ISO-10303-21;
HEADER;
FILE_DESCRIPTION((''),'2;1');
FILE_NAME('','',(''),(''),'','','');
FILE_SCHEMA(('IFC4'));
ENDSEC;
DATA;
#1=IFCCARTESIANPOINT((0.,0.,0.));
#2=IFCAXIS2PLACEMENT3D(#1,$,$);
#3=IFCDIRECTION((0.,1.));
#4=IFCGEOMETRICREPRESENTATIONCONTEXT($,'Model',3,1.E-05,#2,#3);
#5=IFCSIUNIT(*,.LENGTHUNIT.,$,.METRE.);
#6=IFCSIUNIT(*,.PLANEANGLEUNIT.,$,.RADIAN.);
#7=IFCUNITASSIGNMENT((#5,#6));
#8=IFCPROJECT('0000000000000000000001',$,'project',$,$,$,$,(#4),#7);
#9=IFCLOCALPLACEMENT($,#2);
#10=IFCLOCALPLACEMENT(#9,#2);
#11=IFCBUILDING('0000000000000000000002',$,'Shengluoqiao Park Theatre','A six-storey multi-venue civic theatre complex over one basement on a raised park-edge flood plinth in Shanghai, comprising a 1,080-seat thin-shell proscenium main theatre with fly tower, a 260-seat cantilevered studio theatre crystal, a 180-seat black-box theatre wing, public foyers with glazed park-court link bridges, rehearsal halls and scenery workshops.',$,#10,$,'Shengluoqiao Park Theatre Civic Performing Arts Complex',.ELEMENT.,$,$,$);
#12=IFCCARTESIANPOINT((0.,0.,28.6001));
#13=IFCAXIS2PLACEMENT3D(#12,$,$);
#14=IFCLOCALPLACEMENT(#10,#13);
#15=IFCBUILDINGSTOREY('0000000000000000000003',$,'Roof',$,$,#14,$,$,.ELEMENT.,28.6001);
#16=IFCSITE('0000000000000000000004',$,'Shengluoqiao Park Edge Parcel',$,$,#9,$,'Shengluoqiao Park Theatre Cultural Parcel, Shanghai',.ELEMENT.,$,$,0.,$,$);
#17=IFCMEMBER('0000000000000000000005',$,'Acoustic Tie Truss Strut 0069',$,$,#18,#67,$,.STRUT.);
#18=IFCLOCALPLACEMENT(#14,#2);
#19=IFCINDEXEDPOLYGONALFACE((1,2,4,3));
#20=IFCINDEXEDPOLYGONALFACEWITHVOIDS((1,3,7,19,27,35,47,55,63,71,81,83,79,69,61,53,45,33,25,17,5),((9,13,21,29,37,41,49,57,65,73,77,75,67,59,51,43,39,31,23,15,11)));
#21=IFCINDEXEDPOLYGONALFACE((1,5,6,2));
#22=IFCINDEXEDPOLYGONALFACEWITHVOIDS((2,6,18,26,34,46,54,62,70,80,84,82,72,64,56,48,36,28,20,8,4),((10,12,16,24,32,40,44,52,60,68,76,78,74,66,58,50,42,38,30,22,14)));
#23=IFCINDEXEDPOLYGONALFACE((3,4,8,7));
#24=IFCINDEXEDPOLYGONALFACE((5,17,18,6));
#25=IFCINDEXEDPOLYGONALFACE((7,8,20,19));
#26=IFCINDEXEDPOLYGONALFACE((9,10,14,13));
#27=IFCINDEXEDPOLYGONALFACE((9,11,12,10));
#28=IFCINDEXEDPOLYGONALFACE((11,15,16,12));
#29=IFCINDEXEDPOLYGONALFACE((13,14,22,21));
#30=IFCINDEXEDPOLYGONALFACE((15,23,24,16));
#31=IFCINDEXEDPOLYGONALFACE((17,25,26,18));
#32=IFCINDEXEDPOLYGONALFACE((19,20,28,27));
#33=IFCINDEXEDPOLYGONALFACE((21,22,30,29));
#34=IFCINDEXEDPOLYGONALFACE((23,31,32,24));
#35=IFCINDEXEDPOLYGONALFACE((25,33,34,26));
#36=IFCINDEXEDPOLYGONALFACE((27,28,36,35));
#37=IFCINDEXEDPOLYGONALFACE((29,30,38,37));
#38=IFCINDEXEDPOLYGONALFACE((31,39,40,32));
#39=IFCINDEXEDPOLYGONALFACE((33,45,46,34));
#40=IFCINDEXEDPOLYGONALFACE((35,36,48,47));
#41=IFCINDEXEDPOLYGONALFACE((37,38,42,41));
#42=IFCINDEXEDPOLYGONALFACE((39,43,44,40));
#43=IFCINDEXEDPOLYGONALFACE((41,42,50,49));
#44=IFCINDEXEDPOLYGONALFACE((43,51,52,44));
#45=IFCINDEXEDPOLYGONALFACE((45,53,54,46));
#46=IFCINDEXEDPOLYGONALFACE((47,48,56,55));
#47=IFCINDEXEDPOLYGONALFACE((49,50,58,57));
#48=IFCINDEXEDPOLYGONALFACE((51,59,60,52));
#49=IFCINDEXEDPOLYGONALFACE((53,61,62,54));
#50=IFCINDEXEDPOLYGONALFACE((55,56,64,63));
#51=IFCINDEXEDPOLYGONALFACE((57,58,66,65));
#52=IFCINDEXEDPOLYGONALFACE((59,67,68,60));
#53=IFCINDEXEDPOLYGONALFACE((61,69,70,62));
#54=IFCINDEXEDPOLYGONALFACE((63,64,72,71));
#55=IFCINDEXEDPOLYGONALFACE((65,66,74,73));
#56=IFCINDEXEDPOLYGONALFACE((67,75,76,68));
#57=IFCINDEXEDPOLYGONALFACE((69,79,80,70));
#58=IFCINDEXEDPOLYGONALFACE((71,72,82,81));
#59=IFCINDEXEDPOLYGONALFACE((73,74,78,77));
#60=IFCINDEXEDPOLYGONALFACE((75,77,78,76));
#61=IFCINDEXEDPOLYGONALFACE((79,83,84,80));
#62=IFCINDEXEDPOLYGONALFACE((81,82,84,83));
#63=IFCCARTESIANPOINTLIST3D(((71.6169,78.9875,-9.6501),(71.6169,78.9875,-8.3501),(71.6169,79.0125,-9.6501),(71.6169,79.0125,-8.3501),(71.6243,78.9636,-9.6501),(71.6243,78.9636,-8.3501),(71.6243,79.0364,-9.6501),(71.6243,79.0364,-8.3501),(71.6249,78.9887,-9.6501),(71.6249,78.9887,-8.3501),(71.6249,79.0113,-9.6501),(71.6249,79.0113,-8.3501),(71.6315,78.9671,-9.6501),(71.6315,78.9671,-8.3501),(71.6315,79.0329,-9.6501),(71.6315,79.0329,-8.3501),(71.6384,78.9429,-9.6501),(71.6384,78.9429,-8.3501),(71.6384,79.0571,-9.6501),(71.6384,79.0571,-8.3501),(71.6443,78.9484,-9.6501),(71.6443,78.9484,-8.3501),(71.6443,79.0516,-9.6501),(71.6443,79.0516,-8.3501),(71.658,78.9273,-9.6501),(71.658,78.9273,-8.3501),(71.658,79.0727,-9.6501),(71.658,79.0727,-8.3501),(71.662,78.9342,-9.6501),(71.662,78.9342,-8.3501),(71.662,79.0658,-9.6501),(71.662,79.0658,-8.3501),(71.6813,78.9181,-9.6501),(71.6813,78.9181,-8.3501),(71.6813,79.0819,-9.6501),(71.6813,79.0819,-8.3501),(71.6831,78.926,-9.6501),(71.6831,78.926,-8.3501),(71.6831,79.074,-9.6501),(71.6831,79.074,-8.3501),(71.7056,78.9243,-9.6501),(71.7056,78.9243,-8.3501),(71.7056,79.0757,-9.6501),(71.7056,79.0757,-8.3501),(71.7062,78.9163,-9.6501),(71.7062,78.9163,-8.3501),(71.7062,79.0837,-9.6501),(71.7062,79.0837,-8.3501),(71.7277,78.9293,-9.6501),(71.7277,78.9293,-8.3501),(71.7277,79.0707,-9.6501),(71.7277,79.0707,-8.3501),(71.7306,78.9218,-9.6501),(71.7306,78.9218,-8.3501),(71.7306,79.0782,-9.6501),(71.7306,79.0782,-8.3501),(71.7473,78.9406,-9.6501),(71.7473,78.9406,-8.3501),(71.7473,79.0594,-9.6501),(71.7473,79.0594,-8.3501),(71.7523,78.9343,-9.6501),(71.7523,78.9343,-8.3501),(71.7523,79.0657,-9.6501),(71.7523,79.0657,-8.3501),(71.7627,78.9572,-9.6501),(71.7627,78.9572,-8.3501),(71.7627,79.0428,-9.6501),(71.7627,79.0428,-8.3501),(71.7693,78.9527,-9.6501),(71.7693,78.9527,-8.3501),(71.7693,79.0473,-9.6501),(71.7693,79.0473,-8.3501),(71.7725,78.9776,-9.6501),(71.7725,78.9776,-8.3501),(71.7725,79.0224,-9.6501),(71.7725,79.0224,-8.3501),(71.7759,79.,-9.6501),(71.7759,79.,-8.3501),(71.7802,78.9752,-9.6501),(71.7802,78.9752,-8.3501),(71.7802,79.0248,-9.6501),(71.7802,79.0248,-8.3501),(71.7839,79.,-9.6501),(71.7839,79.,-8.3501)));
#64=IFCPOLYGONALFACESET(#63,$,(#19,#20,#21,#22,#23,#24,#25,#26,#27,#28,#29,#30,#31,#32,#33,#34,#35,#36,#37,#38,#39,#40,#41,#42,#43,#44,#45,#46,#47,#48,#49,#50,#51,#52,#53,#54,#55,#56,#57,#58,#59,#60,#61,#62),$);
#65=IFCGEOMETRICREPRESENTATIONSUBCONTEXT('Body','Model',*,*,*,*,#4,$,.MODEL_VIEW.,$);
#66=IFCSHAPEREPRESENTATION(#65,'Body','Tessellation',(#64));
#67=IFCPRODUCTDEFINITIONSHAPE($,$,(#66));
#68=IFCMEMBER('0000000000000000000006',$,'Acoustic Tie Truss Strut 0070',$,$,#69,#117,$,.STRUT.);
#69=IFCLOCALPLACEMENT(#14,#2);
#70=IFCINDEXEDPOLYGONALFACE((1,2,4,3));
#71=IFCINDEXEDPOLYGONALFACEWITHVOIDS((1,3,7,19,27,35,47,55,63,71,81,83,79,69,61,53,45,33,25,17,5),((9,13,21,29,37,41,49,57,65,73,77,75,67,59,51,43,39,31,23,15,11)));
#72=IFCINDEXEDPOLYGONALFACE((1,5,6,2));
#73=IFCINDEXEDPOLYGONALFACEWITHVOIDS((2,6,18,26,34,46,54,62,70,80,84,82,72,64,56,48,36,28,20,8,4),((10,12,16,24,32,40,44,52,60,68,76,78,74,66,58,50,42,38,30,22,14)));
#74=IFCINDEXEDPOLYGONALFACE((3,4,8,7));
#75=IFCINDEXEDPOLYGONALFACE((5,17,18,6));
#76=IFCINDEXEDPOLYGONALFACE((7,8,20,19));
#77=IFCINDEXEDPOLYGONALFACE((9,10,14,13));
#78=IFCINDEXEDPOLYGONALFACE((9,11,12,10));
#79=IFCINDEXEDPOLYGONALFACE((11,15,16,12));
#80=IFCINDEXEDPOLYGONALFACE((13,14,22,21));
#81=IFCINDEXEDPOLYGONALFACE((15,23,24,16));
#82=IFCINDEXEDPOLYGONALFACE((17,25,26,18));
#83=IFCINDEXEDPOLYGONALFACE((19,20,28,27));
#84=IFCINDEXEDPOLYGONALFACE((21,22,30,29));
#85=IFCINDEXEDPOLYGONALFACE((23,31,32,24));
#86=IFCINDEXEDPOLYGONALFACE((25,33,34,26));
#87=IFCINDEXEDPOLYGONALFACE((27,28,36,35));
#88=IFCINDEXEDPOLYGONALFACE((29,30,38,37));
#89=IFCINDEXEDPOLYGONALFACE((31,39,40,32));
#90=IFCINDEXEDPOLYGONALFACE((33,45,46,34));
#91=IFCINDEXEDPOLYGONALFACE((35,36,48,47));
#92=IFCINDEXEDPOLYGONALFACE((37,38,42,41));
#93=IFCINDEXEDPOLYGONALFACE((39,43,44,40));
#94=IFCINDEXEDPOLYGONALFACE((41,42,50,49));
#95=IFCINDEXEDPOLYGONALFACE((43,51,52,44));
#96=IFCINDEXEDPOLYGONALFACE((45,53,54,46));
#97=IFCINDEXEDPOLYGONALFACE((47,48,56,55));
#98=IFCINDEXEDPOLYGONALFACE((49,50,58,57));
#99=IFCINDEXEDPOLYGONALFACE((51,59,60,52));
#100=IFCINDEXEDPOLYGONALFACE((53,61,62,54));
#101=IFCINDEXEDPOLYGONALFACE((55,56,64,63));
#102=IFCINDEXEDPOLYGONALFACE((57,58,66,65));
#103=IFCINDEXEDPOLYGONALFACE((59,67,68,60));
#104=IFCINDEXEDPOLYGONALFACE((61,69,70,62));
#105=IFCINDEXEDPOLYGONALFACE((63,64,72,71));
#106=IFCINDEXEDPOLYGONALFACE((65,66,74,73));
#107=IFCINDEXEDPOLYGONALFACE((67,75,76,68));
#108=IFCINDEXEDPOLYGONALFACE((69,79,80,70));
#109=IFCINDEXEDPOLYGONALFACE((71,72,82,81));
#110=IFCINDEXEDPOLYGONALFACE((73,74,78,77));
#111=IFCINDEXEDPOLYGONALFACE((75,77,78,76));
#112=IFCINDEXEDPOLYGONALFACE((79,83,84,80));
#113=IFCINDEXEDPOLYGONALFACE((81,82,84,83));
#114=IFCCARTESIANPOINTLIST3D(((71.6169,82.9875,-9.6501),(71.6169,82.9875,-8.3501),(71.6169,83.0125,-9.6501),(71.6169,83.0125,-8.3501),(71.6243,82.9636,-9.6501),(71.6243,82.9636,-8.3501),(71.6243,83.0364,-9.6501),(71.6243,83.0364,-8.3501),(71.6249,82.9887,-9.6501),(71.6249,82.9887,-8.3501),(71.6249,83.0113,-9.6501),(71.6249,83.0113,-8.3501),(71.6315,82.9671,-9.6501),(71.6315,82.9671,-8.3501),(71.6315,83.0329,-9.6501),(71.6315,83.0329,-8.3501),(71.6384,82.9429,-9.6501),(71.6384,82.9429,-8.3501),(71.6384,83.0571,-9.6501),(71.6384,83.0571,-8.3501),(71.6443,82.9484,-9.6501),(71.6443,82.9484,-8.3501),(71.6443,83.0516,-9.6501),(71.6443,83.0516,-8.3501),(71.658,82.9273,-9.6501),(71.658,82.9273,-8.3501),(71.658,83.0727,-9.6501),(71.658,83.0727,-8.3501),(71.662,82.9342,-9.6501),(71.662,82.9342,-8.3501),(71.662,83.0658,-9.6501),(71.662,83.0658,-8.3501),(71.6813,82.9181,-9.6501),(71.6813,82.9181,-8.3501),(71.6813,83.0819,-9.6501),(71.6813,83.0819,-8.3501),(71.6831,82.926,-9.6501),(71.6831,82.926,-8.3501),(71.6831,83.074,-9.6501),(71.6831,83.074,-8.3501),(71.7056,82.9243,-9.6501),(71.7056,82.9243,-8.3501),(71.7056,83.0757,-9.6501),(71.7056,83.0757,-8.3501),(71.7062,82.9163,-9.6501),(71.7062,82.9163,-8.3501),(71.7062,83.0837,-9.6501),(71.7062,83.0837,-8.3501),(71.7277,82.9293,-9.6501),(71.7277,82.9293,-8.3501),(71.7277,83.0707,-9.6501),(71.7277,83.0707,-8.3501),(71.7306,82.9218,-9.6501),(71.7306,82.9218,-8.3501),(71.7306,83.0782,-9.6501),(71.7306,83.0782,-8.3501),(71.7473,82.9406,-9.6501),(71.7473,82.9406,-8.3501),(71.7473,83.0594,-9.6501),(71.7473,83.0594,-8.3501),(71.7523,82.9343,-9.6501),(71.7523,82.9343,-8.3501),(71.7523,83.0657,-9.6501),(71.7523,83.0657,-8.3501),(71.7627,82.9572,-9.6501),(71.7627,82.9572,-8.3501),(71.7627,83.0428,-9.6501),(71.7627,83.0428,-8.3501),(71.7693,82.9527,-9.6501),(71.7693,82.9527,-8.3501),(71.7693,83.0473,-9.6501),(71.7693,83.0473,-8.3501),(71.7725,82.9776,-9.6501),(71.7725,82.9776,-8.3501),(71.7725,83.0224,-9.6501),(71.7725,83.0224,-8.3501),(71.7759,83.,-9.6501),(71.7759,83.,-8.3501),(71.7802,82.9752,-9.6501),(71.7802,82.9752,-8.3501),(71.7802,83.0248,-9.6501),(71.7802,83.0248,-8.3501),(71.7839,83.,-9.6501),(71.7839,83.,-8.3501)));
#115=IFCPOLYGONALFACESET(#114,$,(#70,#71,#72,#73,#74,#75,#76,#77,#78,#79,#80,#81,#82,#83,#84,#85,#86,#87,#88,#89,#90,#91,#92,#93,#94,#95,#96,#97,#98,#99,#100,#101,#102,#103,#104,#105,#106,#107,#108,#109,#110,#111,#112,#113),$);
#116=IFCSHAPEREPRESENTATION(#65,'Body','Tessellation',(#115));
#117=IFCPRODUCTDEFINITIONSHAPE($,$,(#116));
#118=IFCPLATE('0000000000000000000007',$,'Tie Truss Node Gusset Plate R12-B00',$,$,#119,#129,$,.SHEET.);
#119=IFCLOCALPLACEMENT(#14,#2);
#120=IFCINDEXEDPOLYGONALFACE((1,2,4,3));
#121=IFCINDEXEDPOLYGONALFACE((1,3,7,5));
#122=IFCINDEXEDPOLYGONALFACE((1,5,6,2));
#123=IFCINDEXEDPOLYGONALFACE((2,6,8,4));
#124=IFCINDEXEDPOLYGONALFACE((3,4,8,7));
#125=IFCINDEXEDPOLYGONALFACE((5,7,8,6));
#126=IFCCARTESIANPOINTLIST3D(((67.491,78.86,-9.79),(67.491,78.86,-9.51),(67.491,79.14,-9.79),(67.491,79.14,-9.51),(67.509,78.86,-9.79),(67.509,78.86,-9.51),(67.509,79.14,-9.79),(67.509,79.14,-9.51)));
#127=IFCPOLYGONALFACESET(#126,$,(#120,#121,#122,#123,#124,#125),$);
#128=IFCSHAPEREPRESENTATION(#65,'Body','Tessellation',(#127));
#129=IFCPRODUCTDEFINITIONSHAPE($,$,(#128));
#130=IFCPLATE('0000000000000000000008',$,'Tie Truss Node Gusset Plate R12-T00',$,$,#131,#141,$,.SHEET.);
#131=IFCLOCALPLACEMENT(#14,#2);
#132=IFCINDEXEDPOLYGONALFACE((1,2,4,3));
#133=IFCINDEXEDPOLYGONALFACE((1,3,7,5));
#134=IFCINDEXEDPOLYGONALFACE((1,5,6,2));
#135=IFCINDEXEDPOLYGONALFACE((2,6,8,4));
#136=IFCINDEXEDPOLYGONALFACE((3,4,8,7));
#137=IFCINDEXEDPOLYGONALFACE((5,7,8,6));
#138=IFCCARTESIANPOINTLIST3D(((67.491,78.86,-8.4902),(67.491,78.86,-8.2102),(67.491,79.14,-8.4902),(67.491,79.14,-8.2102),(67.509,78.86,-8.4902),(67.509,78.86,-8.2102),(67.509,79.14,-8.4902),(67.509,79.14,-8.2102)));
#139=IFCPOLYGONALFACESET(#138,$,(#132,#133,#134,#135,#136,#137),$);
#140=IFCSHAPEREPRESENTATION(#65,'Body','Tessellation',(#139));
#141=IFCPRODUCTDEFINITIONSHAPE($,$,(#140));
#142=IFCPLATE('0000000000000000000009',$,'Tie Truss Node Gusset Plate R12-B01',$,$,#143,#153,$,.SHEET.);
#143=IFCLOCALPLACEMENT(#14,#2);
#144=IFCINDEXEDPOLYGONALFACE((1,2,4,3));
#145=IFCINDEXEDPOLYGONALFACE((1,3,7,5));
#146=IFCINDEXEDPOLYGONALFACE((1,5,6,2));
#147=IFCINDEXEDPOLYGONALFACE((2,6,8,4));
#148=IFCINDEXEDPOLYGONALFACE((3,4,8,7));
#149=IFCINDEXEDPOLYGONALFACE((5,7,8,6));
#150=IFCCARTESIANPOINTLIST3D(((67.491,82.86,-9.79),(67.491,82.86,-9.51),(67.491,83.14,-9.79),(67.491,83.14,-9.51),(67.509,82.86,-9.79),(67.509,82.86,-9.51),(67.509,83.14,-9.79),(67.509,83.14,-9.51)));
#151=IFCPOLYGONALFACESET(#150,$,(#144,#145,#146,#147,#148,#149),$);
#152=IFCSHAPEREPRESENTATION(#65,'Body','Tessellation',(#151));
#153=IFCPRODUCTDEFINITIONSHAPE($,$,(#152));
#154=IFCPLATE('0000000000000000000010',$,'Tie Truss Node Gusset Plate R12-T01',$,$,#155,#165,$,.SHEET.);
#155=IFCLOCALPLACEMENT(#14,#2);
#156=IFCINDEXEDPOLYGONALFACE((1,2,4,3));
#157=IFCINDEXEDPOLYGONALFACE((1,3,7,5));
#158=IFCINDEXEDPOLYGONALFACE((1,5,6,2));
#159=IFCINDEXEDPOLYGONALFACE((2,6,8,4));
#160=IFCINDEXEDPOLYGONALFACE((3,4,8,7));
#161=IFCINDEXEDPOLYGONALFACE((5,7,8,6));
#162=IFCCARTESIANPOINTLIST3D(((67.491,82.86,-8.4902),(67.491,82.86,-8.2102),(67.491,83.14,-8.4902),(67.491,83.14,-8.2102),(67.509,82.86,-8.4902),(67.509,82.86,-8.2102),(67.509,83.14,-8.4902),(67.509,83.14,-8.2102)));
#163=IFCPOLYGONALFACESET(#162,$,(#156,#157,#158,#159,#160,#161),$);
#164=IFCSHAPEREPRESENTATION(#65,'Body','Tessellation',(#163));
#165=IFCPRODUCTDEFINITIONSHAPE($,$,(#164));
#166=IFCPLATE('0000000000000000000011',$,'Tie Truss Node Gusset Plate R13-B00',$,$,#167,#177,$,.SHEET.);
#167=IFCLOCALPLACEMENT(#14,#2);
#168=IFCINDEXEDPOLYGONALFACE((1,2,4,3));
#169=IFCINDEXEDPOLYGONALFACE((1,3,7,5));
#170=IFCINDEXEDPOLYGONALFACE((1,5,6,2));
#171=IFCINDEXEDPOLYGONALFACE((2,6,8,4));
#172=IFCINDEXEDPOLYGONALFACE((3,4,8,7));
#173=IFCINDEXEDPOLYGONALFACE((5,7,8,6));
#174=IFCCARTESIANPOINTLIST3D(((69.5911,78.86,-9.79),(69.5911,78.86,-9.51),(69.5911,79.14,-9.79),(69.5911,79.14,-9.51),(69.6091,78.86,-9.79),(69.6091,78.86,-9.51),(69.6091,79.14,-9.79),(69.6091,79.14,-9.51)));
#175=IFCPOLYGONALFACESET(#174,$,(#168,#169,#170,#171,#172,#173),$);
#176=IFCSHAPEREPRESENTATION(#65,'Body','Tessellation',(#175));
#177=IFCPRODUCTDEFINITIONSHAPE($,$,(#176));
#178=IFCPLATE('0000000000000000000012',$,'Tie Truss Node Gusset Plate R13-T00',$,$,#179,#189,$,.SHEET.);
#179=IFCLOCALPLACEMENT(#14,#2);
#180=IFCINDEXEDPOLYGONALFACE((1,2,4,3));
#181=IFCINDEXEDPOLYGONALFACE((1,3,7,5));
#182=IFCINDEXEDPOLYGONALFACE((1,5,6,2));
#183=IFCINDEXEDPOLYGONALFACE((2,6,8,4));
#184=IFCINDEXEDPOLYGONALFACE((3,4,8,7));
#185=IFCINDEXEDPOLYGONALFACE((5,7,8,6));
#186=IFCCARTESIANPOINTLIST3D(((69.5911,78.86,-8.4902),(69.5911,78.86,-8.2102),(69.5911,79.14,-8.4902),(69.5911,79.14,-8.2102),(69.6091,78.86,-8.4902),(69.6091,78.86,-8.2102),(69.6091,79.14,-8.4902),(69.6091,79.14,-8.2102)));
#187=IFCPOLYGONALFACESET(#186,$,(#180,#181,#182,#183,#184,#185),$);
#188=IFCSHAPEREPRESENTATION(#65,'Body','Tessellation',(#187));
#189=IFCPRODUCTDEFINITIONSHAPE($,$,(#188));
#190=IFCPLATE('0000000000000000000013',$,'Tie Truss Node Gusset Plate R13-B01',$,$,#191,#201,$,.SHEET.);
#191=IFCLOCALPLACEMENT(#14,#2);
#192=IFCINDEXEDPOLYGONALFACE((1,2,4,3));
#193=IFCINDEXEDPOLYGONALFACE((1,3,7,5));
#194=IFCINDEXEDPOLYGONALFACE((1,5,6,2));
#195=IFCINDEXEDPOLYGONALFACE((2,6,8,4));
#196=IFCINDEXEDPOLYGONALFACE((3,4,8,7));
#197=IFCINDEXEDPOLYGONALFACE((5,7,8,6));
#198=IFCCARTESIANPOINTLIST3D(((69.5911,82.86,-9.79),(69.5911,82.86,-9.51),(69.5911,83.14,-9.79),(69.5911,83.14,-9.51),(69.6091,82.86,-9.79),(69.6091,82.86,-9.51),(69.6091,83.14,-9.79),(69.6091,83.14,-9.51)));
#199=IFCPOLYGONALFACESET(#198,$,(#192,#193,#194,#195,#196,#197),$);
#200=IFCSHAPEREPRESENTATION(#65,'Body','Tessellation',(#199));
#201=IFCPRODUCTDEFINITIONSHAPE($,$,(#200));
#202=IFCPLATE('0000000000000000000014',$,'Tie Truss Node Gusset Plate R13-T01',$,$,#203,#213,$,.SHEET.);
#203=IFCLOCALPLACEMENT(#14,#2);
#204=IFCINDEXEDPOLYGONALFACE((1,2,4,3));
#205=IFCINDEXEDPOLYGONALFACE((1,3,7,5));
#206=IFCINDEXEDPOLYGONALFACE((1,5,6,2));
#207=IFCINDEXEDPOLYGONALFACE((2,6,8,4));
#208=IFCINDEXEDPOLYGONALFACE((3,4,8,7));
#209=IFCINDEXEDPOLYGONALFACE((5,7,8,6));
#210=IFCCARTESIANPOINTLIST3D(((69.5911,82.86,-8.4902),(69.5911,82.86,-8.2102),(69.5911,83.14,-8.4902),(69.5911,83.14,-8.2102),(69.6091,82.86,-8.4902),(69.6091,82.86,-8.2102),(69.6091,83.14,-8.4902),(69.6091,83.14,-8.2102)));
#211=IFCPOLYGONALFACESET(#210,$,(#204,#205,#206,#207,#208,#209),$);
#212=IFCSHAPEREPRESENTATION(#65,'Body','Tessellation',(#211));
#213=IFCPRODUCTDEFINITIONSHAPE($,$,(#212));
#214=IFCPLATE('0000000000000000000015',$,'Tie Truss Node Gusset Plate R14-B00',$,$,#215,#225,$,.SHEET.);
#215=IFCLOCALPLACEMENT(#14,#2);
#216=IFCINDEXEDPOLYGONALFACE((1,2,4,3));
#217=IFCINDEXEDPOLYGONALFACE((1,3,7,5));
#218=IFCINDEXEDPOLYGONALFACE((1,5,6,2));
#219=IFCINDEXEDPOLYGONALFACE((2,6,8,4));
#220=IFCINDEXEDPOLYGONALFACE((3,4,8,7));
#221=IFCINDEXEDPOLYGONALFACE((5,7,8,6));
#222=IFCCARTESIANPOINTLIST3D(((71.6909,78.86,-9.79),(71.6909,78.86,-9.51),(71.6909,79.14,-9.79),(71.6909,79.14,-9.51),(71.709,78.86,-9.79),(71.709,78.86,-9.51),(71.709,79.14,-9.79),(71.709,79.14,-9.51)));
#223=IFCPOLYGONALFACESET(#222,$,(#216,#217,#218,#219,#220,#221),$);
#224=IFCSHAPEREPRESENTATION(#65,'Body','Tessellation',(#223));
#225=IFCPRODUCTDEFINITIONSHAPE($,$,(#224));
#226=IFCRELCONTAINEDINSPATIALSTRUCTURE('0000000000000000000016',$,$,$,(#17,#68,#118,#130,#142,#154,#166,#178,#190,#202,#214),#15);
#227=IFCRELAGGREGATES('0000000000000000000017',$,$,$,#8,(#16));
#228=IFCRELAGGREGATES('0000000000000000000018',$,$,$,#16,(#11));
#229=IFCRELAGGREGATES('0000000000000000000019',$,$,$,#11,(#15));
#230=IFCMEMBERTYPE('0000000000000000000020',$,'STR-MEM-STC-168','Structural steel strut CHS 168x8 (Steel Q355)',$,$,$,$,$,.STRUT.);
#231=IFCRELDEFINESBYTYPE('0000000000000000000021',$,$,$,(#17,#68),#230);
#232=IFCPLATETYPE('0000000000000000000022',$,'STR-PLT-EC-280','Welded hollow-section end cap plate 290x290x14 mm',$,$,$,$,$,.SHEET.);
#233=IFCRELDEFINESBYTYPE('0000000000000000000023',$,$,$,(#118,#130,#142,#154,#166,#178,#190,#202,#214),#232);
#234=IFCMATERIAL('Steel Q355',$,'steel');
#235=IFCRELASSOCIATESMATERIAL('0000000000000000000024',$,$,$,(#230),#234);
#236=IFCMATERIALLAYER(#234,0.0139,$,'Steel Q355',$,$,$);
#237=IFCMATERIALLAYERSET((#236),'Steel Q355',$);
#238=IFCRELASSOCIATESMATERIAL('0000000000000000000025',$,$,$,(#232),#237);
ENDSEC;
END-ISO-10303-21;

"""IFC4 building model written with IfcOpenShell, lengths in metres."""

from ifc_helpers import new_model, si_unit, direction, frame, origin, origin_2d, place, context, subcontext, project, spatial, rectangle, hollow_circle, extrude, material, layer, layer_set, material_profile, profile_set, type_object, element, save


model = new_model("IFC4")

# Units and contexts
model_context = context("Model", 3, precision=1e-05, world=origin(), true_north=direction((0.0, 1.0)))
body_context = subcontext(model_context, "Body", "Model", "MODEL_VIEW")
ifc_project = project(units=[si_unit("LENGTHUNIT", "METRE"), si_unit("PLANEANGLEUNIT", "RADIAN")], contexts=[model_context])

# Site, building, storey
site_placement = place(None, origin())
site = spatial("IfcSite", under=ifc_project, at=site_placement, Name="Shengluoqiao Park Edge Parcel", LongName="Shengluoqiao Park Theatre Cultural Parcel, Shanghai", CompositionType="ELEMENT", RefElevation=0.0)
building_placement = place(site_placement, origin())
building = spatial("IfcBuilding", under=site, at=building_placement, Name="Shengluoqiao Park Theatre", Description="A six-storey multi-venue civic theatre complex over one basement on a raised park-edge flood plinth in Shanghai, comprising a 1,080-seat thin-shell proscenium main theatre with fly tower, a 260-seat cantilevered studio theatre crystal, a 180-seat black-box theatre wing, public foyers with glazed park-court link bridges, rehearsal halls and scenery workshops.", LongName="Shengluoqiao Park Theatre Civic Performing Arts Complex", CompositionType="ELEMENT")
storey_placement = place(building_placement, frame((0.0, 0.0, 28.6001)))
storey = spatial("IfcBuildingStorey", under=building, at=storey_placement, Name="Roof", CompositionType="ELEMENT", Elevation=28.6001)

# Shared definitions
ifc_material = material(Name="Steel Q355", Category="steel")

# Members
ifc_material_profile_1 = material_profile(ifc_material, hollow_circle(Radius=0.084, WallThickness=0.0081, at=origin_2d()), Name="CHS 168x8")
ifc_profile_set_1 = profile_set([ifc_material_profile_1], Name="Steel Q355")
member_type_1 = type_object("IfcMemberType", Name="STR-MEM-STC-168", Description="Structural steel strut CHS 168x8 (Steel Q355)", PredefinedType="STRUT", material=ifc_profile_set_1)
for number, where, z_axis, x_axis, name in (
    (1, (71.7, 79.0, -9.6501), (0.0, 0.0, 1.0), (1.0, 0.0, 0.0), "Acoustic Tie Truss Strut 0069"),
    (2, (71.7, 83.0, -9.6501), (0.0, 0.0, 1.0), (1.0, 0.0, 0.0), "Acoustic Tie Truss Strut 0070"),
):
    element("IfcMember", number, at=place(storey_placement, frame(where, z_axis=z_axis, x_axis=x_axis)), inside=storey, type_object=member_type_1, Name=name, PredefinedType="STRUT", context=body_context, shape_type="SweptSolid", body=[
        extrude(hollow_circle(Radius=0.084, WallThickness=0.0081, at=origin_2d()), origin(), (0.0, 0.0, 1.0), 1.3),
    ])

# Plates
ifc_layer = layer(ifc_material, 0.0139, Name="Steel Q355")
ifc_layer_set = layer_set([ifc_layer], Name="Steel Q355")
plate_type = type_object("IfcPlateType", Name="STR-PLT-EC-280", Description="Welded hollow-section end cap plate 290x290x14 mm", PredefinedType="SHEET", material=ifc_layer_set)
for number, where, z_axis, x_axis, name in (
    (3, (67.5, 79.0, -9.79), (0.0, 0.0, 1.0), (1.0, 0.0, 0.0), "Tie Truss Node Gusset Plate R12-B00"),
    (4, (67.5, 79.0, -8.4902), (0.0, 0.0, 1.0), (1.0, 0.0, 0.0), "Tie Truss Node Gusset Plate R12-T00"),
    (5, (67.5, 83.0, -9.79), (0.0, 0.0, 1.0), (1.0, 0.0, 0.0), "Tie Truss Node Gusset Plate R12-B01"),
    (6, (67.5, 83.0, -8.4902), (0.0, 0.0, 1.0), (1.0, 0.0, 0.0), "Tie Truss Node Gusset Plate R12-T01"),
    (7, (69.6001, 79.0, -9.79), (0.0, 0.0, 1.0), (1.0, 0.0, 0.0), "Tie Truss Node Gusset Plate R13-B00"),
    (8, (69.6001, 79.0, -8.4902), (0.0, 0.0, 1.0), (1.0, 0.0, 0.0), "Tie Truss Node Gusset Plate R13-T00"),
    (9, (69.6001, 83.0, -9.79), (0.0, 0.0, 1.0), (1.0, 0.0, 0.0), "Tie Truss Node Gusset Plate R13-B01"),
    (10, (69.6001, 83.0, -8.4902), (0.0, 0.0, 1.0), (1.0, 0.0, 0.0), "Tie Truss Node Gusset Plate R13-T01"),
    (11, (71.7, 79.0, -9.79), (0.0, 0.0, 1.0), (1.0, 0.0, 0.0), "Tie Truss Node Gusset Plate R14-B00"),
):
    element("IfcPlate", number, at=place(storey_placement, frame(where, z_axis=z_axis, x_axis=x_axis)), inside=storey, type_object=plate_type, Name=name, PredefinedType="SHEET", context=body_context, shape_type="SweptSolid", body=[
        extrude(rectangle(XDim=0.0181, YDim=0.28, at=origin_2d()), origin(), (0.0, 0.0, 1.0), 0.28),
    ])

save(model, "model.ifc")
